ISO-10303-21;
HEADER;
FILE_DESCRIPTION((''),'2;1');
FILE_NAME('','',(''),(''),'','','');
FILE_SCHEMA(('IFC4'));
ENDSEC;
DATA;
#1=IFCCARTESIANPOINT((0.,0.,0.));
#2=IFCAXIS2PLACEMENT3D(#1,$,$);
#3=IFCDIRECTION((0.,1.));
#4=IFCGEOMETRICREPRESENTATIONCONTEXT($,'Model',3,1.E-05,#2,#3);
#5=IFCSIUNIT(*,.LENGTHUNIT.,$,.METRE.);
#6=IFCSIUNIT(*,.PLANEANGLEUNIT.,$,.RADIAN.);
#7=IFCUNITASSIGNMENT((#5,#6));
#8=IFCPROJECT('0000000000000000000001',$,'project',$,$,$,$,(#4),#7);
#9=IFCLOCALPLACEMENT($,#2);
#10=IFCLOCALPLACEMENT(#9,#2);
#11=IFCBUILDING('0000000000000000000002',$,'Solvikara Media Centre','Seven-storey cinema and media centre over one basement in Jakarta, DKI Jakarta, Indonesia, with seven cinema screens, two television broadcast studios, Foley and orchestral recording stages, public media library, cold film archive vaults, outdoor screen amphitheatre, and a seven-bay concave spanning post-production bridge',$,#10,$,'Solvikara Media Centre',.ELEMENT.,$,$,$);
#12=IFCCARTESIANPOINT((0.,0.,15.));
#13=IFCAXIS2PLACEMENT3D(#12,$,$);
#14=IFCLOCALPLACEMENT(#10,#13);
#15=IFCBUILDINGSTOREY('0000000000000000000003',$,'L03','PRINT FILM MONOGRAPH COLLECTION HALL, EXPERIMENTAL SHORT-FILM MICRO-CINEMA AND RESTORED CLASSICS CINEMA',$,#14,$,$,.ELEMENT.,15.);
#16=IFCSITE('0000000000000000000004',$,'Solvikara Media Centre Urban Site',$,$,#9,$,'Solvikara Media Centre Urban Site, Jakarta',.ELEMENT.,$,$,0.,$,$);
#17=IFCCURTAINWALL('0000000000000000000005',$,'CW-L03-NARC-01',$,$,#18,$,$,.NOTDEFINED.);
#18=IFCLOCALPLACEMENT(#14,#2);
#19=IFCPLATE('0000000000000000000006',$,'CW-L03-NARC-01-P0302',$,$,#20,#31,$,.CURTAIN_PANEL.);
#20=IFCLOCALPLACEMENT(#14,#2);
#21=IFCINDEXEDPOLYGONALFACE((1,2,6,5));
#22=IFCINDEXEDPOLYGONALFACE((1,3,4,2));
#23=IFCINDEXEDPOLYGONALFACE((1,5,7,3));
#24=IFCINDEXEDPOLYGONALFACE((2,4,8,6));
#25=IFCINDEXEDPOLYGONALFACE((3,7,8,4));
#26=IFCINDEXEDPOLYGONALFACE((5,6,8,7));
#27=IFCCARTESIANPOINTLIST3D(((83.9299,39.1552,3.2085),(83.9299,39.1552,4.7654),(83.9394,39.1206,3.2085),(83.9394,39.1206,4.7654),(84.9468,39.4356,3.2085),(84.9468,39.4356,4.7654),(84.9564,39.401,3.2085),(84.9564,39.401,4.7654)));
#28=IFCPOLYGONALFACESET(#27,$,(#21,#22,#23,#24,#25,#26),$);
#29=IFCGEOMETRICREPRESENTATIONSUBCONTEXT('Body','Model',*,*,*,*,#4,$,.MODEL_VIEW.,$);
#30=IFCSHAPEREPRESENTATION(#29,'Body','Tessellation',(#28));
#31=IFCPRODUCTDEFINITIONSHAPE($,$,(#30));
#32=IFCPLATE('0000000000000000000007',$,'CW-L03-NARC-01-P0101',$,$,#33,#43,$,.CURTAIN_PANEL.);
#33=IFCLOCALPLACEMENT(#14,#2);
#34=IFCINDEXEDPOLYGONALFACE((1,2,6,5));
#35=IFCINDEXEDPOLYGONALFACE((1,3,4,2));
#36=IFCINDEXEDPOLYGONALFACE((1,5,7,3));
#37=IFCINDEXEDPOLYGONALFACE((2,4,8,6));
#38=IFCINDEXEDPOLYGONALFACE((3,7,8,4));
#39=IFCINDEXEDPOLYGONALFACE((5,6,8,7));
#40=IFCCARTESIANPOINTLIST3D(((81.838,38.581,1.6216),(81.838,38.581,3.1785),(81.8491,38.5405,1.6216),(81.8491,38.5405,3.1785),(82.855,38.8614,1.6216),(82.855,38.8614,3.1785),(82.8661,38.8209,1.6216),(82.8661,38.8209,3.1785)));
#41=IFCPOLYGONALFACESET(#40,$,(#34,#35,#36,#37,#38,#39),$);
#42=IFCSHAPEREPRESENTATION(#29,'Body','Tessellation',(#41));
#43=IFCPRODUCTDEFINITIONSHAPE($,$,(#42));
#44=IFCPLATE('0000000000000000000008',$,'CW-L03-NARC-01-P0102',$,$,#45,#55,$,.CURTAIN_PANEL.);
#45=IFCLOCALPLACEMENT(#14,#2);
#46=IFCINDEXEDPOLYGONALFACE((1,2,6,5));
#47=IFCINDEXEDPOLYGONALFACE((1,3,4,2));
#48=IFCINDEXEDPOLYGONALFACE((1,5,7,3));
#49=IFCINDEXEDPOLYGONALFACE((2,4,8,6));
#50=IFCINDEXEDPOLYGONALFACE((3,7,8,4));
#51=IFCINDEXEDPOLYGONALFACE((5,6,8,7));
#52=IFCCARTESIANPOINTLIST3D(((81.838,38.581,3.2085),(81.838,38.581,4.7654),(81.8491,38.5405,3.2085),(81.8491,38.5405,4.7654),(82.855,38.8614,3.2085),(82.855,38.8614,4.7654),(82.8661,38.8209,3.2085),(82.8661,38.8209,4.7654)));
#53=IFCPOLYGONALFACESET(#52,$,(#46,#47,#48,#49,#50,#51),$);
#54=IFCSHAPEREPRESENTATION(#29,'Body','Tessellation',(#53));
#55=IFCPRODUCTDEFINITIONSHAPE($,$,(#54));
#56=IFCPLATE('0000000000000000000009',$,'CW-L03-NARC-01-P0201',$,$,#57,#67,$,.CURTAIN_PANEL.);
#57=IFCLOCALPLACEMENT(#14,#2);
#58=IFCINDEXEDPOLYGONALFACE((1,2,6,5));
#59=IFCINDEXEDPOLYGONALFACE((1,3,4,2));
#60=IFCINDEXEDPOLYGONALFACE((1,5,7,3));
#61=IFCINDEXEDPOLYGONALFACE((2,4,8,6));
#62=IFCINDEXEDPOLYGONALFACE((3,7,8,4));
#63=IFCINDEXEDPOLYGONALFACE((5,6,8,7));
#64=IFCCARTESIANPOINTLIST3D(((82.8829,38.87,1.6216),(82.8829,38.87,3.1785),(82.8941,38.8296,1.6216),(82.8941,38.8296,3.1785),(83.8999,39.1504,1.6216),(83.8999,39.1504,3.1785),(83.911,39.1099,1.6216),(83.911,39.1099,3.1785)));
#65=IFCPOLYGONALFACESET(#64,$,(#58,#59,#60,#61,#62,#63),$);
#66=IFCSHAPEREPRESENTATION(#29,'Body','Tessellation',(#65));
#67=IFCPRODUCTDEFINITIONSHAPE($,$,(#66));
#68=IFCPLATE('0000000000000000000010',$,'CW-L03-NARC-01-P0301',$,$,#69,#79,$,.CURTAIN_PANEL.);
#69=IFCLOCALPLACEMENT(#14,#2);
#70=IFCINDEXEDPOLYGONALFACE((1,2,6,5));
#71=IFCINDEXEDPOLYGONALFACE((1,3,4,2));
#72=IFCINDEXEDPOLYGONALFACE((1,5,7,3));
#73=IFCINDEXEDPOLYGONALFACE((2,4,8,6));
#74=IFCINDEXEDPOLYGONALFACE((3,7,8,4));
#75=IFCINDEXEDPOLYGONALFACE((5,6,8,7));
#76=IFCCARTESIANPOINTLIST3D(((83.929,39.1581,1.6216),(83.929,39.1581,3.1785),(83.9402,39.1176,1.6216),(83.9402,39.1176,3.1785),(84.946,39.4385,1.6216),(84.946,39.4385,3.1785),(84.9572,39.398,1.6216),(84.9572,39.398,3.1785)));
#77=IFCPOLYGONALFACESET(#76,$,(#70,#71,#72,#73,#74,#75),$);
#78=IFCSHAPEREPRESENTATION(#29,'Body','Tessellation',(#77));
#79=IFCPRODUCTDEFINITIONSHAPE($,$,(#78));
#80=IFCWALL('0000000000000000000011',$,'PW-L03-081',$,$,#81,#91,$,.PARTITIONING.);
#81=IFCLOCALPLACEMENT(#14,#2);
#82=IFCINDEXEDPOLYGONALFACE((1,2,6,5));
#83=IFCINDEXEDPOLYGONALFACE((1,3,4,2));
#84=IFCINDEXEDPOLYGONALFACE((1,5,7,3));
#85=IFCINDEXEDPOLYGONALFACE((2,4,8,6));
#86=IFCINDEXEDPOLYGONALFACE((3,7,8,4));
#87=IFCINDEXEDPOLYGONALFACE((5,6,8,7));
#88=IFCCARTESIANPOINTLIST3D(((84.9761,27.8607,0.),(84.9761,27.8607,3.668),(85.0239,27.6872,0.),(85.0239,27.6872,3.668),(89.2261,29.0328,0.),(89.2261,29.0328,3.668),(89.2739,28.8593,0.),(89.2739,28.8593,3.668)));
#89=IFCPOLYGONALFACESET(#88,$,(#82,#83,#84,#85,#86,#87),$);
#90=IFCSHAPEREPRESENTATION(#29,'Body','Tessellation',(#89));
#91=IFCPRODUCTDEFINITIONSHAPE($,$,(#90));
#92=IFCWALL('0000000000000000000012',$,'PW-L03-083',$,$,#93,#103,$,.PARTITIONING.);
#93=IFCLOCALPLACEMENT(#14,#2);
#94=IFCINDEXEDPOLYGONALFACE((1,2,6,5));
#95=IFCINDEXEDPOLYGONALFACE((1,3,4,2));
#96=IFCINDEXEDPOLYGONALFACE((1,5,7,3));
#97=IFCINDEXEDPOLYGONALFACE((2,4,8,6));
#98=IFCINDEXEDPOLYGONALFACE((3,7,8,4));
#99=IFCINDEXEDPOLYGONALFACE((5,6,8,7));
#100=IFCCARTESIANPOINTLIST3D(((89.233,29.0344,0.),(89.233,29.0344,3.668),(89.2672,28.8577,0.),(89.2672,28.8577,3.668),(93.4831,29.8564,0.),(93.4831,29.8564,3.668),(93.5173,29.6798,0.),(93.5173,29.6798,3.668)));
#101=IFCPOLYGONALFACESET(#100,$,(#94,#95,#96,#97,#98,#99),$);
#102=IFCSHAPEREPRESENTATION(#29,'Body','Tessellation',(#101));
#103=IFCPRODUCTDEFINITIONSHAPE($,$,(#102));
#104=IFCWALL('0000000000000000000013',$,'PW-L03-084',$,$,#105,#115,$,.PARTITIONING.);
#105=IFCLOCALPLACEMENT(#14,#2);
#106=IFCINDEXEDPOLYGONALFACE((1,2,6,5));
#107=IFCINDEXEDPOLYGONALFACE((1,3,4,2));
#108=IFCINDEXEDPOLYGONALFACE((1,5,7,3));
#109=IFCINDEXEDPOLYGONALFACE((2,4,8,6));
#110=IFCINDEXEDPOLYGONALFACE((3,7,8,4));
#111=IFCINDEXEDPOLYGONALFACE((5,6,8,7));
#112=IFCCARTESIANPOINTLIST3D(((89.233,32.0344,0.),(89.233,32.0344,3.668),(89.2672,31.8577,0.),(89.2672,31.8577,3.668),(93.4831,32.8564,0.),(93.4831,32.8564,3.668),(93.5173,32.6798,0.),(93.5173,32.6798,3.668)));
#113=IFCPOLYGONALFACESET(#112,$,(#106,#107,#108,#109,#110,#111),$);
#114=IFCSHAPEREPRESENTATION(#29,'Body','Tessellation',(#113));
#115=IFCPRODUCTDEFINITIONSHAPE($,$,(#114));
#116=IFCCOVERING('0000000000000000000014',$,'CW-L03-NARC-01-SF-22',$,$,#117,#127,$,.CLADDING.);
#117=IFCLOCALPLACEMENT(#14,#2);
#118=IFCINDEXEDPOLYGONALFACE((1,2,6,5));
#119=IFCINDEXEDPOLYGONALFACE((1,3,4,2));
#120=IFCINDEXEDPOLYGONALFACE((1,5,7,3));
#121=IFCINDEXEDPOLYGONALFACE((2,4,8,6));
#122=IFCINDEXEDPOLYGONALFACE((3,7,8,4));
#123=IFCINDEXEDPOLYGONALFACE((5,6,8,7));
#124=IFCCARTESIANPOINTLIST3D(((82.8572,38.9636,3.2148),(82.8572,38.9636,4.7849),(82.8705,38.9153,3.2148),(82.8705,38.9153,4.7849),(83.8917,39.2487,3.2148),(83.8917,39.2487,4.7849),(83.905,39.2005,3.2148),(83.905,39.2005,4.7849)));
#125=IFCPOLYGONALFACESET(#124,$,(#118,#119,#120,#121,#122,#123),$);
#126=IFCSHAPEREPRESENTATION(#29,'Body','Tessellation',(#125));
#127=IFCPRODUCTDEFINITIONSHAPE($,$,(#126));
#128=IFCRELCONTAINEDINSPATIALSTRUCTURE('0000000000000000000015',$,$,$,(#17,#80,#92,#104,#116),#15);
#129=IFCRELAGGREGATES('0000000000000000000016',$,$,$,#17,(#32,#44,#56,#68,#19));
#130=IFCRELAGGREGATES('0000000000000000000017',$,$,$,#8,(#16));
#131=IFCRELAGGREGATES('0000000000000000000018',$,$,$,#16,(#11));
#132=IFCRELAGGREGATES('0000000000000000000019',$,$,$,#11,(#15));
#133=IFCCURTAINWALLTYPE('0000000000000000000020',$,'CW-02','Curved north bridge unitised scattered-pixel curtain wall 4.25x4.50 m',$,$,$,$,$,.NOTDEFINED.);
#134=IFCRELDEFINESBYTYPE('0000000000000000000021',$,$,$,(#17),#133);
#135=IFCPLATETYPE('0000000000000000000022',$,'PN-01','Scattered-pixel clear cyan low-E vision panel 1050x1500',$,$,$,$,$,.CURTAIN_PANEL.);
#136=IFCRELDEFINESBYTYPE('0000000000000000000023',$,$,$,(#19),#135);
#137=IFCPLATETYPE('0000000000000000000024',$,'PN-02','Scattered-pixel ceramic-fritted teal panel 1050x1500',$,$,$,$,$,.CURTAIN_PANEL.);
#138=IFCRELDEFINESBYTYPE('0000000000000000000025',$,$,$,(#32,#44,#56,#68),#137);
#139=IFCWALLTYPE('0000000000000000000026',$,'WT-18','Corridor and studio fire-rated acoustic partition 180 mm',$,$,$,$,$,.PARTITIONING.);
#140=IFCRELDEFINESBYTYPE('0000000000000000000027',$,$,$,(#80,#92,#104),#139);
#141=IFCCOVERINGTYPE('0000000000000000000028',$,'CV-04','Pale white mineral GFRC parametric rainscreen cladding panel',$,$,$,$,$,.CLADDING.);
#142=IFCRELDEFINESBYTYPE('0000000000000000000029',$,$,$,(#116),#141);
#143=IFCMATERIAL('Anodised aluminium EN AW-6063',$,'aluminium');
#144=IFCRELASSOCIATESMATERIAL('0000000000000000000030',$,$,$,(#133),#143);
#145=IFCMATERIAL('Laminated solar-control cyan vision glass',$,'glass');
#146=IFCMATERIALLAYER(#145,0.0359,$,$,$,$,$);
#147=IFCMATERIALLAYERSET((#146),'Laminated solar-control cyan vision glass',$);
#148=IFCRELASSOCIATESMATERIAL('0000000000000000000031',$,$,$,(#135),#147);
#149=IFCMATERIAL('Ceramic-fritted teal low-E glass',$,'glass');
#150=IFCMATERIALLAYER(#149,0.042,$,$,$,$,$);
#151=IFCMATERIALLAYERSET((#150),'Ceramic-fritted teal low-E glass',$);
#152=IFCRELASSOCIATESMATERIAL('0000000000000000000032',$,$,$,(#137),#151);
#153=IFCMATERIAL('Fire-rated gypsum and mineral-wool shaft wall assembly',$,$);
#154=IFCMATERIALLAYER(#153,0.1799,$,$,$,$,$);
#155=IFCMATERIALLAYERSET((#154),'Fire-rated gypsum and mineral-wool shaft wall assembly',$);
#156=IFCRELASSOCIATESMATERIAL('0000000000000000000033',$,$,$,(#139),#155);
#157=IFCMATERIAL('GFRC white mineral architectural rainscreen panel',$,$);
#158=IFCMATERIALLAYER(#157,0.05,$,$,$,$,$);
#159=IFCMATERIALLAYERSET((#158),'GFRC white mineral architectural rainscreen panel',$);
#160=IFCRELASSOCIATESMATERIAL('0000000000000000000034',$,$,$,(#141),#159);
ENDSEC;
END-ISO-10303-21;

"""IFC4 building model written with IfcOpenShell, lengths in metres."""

from ifc_helpers import new_model, si_unit, direction, frame, frame_2d, origin, origin_2d, place, context, subcontext, project, spatial, rectangle, extrude, material, layer, layer_set, type_object, element, aggregate, save


model = new_model("IFC4")

# Units and contexts
model_context = context("Model", 3, precision=1e-05, world=origin(), true_north=direction((0.0, 1.0)))
body_context = subcontext(model_context, "Body", "Model", "MODEL_VIEW")
ifc_project = project(units=[si_unit("LENGTHUNIT", "METRE"), si_unit("PLANEANGLEUNIT", "RADIAN")], contexts=[model_context])

# Site, building, storey
site_placement = place(None, origin())
site = spatial("IfcSite", under=ifc_project, at=site_placement, Name="Solvikara Media Centre Urban Site", LongName="Solvikara Media Centre Urban Site, Jakarta", CompositionType="ELEMENT", RefElevation=0.0)
building_placement = place(site_placement, origin())
building = spatial("IfcBuilding", under=site, at=building_placement, Name="Solvikara Media Centre", Description="Seven-storey cinema and media centre over one basement in Jakarta, DKI Jakarta, Indonesia, with seven cinema screens, two television broadcast studios, Foley and orchestral recording stages, public media library, cold film archive vaults, outdoor screen amphitheatre, and a seven-bay concave spanning post-production bridge", LongName="Solvikara Media Centre", CompositionType="ELEMENT")
storey_placement = place(building_placement, frame((0.0, 0.0, 15.0)))
storey = spatial("IfcBuildingStorey", under=building, at=storey_placement, Name="L03", Description="PRINT FILM MONOGRAPH COLLECTION HALL, EXPERIMENTAL SHORT-FILM MICRO-CINEMA AND RESTORED CLASSICS CINEMA", CompositionType="ELEMENT", Elevation=15.0)

# Curtain wall
ifc_material_1 = material(Name="Anodised aluminium EN AW-6063", Category="aluminium")
curtain_wall_type = type_object("IfcCurtainWallType", Name="CW-02", Description="Curved north bridge unitised scattered-pixel curtain wall 4.25x4.50 m", PredefinedType="NOTDEFINED", material=ifc_material_1)
curtain_wall_placement = place(storey_placement, origin())
curtain_wall = element("IfcCurtainWall", 1, at=curtain_wall_placement, inside=storey, type_object=curtain_wall_type, Name="CW-L03-NARC-01", PredefinedType="NOTDEFINED")

# Plates
ifc_material_2 = material(Name="Laminated solar-control cyan vision glass", Category="glass")
ifc_layer_1 = layer(ifc_material_2, 0.0359)
ifc_layer_set_1 = layer_set([ifc_layer_1], Name="Laminated solar-control cyan vision glass")
plate_type_1 = type_object("IfcPlateType", Name="PN-01", Description="Scattered-pixel clear cyan low-E vision panel 1050x1500", PredefinedType="CURTAIN_PANEL", material=ifc_layer_set_1)
plate_1_placement = place(storey_placement, frame((84.4431, 39.2781, 3.2085), z_axis=(0.0, 0.0, 1.0), x_axis=(0.96403, 0.265792, 0.0)))
plate_1 = element("IfcPlate", 2, at=plate_1_placement, type_object=plate_type_1, Name="CW-L03-NARC-01-P0302", PredefinedType="CURTAIN_PANEL", context=body_context, shape_type="SweptSolid", body=[
    extrude(rectangle(XDim=1.0549, YDim=0.0359, at=origin_2d()), origin(), (0.0, 0.0, 1.0), 1.5569),
])
ifc_material_3 = material(Name="Ceramic-fritted teal low-E glass", Category="glass")
ifc_layer_2 = layer(ifc_material_3, 0.042)
ifc_layer_set_2 = layer_set([ifc_layer_2], Name="Ceramic-fritted teal low-E glass")
plate_type_2 = type_object("IfcPlateType", Name="PN-02", Description="Scattered-pixel ceramic-fritted teal panel 1050x1500", PredefinedType="CURTAIN_PANEL", material=ifc_layer_set_2)
plate_2_placement = place(storey_placement, frame((82.3521, 38.7009, 1.6216), z_axis=(0.0, 0.0, 1.0), x_axis=(0.96403, 0.265792, 0.0)))
plate_2 = element("IfcPlate", 3, at=plate_2_placement, type_object=plate_type_2, Name="CW-L03-NARC-01-P0101", PredefinedType="CURTAIN_PANEL", context=body_context, shape_type="SweptSolid", body=[
    extrude(rectangle(XDim=1.0549, YDim=0.042, at=origin_2d()), origin(), (0.0, 0.0, 1.0), 1.5569),
])
plate_3_placement = place(storey_placement, frame((82.3521, 38.7009, 3.2085), z_axis=(0.0, 0.0, 1.0), x_axis=(0.96403, 0.265792, 0.0)))
plate_3 = element("IfcPlate", 4, at=plate_3_placement, type_object=plate_type_2, Name="CW-L03-NARC-01-P0102", PredefinedType="CURTAIN_PANEL", context=body_context, shape_type="SweptSolid", body=[
    extrude(rectangle(XDim=1.0549, YDim=0.042, at=origin_2d()), origin(), (0.0, 0.0, 1.0), 1.5569),
])
plate_4_placement = place(storey_placement, frame((83.397, 38.99, 1.6216), z_axis=(0.0, 0.0, 1.0), x_axis=(0.96403, 0.265792, 0.0)))
plate_4 = element("IfcPlate", 5, at=plate_4_placement, type_object=plate_type_2, Name="CW-L03-NARC-01-P0201", PredefinedType="CURTAIN_PANEL", context=body_context, shape_type="SweptSolid", body=[
    extrude(rectangle(XDim=1.0549, YDim=0.042, at=origin_2d()), origin(), (0.0, 0.0, 1.0), 1.5569),
])
plate_5_placement = place(storey_placement, frame((84.4431, 39.2781, 1.6216), z_axis=(0.0, 0.0, 1.0), x_axis=(0.96403, 0.265792, 0.0)))
plate_5 = element("IfcPlate", 6, at=plate_5_placement, type_object=plate_type_2, Name="CW-L03-NARC-01-P0301", PredefinedType="CURTAIN_PANEL", context=body_context, shape_type="SweptSolid", body=[
    extrude(rectangle(XDim=1.0549, YDim=0.042, at=origin_2d()), origin(), (0.0, 0.0, 1.0), 1.5569),
])
aggregate(curtain_wall, [plate_2, plate_3, plate_4, plate_5, plate_1])

# Wall
ifc_material_4 = material(Name="Fire-rated gypsum and mineral-wool shaft wall assembly")
ifc_layer_3 = layer(ifc_material_4, 0.1799)
ifc_layer_set_3 = layer_set([ifc_layer_3], Name="Fire-rated gypsum and mineral-wool shaft wall assembly")
wall_type = type_object("IfcWallType", Name="WT-18", Description="Corridor and studio fire-rated acoustic partition 180 mm", PredefinedType="PARTITIONING", material=ifc_layer_set_3)
wall_1_placement = place(storey_placement, frame((85.0, 27.7739, 0.0), z_axis=(0.0, 0.0, 1.0), x_axis=(0.96401, 0.265867, 0.0)))
element("IfcWall", 7, at=wall_1_placement, inside=storey, type_object=wall_type, Name="PW-L03-081", PredefinedType="PARTITIONING", context=body_context, shape_type="SweptSolid", body=[
    extrude(rectangle(XDim=4.4087, YDim=0.1799, at=frame_2d((2.2043, 0.0))), origin(), (0.0, 0.0, 1.0), 3.668),
])

# Walls
for number, where, z_axis, x_axis, name in (
    (8, (89.25, 28.946, 0.0), (0.0, 0.0, 1.0), (0.981804, 0.189897, 0.0), "PW-L03-083"),
    (9, (89.25, 31.946, 0.0), (0.0, 0.0, 1.0), (0.981804, 0.189897, 0.0), "PW-L03-084"),
):
    element("IfcWall", number, at=place(storey_placement, frame(where, z_axis=z_axis, x_axis=x_axis)), inside=storey, type_object=wall_type, Name=name, PredefinedType="PARTITIONING", context=body_context, shape_type="SweptSolid", body=[
        extrude(rectangle(XDim=4.3289, YDim=0.1799, at=frame_2d((2.1646, 0.0))), origin(), (0.0, 0.0, 1.0), 3.668),
    ])

# Covering
ifc_material_5 = material(Name="GFRC white mineral architectural rainscreen panel")
ifc_layer_4 = layer(ifc_material_5, 0.05)
ifc_layer_set_4 = layer_set([ifc_layer_4], Name="GFRC white mineral architectural rainscreen panel")
covering_type = type_object("IfcCoveringType", Name="CV-04", Description="Pale white mineral GFRC parametric rainscreen cladding panel", PredefinedType="CLADDING", material=ifc_layer_set_4)
covering_placement = place(storey_placement, frame((83.3811, 39.082, 3.2148), z_axis=(0.0, 0.0, 1.0), x_axis=(0.964049, 0.265724, 0.0)))
element("IfcCovering", 10, at=covering_placement, inside=storey, type_object=covering_type, Name="CW-L03-NARC-01-SF-22", PredefinedType="CLADDING", context=body_context, shape_type="SweptSolid", body=[
    extrude(rectangle(XDim=1.073, YDim=0.05, at=origin_2d()), origin(), (0.0, 0.0, 1.0), 1.5701),
])

save(model, "model.ifc")
